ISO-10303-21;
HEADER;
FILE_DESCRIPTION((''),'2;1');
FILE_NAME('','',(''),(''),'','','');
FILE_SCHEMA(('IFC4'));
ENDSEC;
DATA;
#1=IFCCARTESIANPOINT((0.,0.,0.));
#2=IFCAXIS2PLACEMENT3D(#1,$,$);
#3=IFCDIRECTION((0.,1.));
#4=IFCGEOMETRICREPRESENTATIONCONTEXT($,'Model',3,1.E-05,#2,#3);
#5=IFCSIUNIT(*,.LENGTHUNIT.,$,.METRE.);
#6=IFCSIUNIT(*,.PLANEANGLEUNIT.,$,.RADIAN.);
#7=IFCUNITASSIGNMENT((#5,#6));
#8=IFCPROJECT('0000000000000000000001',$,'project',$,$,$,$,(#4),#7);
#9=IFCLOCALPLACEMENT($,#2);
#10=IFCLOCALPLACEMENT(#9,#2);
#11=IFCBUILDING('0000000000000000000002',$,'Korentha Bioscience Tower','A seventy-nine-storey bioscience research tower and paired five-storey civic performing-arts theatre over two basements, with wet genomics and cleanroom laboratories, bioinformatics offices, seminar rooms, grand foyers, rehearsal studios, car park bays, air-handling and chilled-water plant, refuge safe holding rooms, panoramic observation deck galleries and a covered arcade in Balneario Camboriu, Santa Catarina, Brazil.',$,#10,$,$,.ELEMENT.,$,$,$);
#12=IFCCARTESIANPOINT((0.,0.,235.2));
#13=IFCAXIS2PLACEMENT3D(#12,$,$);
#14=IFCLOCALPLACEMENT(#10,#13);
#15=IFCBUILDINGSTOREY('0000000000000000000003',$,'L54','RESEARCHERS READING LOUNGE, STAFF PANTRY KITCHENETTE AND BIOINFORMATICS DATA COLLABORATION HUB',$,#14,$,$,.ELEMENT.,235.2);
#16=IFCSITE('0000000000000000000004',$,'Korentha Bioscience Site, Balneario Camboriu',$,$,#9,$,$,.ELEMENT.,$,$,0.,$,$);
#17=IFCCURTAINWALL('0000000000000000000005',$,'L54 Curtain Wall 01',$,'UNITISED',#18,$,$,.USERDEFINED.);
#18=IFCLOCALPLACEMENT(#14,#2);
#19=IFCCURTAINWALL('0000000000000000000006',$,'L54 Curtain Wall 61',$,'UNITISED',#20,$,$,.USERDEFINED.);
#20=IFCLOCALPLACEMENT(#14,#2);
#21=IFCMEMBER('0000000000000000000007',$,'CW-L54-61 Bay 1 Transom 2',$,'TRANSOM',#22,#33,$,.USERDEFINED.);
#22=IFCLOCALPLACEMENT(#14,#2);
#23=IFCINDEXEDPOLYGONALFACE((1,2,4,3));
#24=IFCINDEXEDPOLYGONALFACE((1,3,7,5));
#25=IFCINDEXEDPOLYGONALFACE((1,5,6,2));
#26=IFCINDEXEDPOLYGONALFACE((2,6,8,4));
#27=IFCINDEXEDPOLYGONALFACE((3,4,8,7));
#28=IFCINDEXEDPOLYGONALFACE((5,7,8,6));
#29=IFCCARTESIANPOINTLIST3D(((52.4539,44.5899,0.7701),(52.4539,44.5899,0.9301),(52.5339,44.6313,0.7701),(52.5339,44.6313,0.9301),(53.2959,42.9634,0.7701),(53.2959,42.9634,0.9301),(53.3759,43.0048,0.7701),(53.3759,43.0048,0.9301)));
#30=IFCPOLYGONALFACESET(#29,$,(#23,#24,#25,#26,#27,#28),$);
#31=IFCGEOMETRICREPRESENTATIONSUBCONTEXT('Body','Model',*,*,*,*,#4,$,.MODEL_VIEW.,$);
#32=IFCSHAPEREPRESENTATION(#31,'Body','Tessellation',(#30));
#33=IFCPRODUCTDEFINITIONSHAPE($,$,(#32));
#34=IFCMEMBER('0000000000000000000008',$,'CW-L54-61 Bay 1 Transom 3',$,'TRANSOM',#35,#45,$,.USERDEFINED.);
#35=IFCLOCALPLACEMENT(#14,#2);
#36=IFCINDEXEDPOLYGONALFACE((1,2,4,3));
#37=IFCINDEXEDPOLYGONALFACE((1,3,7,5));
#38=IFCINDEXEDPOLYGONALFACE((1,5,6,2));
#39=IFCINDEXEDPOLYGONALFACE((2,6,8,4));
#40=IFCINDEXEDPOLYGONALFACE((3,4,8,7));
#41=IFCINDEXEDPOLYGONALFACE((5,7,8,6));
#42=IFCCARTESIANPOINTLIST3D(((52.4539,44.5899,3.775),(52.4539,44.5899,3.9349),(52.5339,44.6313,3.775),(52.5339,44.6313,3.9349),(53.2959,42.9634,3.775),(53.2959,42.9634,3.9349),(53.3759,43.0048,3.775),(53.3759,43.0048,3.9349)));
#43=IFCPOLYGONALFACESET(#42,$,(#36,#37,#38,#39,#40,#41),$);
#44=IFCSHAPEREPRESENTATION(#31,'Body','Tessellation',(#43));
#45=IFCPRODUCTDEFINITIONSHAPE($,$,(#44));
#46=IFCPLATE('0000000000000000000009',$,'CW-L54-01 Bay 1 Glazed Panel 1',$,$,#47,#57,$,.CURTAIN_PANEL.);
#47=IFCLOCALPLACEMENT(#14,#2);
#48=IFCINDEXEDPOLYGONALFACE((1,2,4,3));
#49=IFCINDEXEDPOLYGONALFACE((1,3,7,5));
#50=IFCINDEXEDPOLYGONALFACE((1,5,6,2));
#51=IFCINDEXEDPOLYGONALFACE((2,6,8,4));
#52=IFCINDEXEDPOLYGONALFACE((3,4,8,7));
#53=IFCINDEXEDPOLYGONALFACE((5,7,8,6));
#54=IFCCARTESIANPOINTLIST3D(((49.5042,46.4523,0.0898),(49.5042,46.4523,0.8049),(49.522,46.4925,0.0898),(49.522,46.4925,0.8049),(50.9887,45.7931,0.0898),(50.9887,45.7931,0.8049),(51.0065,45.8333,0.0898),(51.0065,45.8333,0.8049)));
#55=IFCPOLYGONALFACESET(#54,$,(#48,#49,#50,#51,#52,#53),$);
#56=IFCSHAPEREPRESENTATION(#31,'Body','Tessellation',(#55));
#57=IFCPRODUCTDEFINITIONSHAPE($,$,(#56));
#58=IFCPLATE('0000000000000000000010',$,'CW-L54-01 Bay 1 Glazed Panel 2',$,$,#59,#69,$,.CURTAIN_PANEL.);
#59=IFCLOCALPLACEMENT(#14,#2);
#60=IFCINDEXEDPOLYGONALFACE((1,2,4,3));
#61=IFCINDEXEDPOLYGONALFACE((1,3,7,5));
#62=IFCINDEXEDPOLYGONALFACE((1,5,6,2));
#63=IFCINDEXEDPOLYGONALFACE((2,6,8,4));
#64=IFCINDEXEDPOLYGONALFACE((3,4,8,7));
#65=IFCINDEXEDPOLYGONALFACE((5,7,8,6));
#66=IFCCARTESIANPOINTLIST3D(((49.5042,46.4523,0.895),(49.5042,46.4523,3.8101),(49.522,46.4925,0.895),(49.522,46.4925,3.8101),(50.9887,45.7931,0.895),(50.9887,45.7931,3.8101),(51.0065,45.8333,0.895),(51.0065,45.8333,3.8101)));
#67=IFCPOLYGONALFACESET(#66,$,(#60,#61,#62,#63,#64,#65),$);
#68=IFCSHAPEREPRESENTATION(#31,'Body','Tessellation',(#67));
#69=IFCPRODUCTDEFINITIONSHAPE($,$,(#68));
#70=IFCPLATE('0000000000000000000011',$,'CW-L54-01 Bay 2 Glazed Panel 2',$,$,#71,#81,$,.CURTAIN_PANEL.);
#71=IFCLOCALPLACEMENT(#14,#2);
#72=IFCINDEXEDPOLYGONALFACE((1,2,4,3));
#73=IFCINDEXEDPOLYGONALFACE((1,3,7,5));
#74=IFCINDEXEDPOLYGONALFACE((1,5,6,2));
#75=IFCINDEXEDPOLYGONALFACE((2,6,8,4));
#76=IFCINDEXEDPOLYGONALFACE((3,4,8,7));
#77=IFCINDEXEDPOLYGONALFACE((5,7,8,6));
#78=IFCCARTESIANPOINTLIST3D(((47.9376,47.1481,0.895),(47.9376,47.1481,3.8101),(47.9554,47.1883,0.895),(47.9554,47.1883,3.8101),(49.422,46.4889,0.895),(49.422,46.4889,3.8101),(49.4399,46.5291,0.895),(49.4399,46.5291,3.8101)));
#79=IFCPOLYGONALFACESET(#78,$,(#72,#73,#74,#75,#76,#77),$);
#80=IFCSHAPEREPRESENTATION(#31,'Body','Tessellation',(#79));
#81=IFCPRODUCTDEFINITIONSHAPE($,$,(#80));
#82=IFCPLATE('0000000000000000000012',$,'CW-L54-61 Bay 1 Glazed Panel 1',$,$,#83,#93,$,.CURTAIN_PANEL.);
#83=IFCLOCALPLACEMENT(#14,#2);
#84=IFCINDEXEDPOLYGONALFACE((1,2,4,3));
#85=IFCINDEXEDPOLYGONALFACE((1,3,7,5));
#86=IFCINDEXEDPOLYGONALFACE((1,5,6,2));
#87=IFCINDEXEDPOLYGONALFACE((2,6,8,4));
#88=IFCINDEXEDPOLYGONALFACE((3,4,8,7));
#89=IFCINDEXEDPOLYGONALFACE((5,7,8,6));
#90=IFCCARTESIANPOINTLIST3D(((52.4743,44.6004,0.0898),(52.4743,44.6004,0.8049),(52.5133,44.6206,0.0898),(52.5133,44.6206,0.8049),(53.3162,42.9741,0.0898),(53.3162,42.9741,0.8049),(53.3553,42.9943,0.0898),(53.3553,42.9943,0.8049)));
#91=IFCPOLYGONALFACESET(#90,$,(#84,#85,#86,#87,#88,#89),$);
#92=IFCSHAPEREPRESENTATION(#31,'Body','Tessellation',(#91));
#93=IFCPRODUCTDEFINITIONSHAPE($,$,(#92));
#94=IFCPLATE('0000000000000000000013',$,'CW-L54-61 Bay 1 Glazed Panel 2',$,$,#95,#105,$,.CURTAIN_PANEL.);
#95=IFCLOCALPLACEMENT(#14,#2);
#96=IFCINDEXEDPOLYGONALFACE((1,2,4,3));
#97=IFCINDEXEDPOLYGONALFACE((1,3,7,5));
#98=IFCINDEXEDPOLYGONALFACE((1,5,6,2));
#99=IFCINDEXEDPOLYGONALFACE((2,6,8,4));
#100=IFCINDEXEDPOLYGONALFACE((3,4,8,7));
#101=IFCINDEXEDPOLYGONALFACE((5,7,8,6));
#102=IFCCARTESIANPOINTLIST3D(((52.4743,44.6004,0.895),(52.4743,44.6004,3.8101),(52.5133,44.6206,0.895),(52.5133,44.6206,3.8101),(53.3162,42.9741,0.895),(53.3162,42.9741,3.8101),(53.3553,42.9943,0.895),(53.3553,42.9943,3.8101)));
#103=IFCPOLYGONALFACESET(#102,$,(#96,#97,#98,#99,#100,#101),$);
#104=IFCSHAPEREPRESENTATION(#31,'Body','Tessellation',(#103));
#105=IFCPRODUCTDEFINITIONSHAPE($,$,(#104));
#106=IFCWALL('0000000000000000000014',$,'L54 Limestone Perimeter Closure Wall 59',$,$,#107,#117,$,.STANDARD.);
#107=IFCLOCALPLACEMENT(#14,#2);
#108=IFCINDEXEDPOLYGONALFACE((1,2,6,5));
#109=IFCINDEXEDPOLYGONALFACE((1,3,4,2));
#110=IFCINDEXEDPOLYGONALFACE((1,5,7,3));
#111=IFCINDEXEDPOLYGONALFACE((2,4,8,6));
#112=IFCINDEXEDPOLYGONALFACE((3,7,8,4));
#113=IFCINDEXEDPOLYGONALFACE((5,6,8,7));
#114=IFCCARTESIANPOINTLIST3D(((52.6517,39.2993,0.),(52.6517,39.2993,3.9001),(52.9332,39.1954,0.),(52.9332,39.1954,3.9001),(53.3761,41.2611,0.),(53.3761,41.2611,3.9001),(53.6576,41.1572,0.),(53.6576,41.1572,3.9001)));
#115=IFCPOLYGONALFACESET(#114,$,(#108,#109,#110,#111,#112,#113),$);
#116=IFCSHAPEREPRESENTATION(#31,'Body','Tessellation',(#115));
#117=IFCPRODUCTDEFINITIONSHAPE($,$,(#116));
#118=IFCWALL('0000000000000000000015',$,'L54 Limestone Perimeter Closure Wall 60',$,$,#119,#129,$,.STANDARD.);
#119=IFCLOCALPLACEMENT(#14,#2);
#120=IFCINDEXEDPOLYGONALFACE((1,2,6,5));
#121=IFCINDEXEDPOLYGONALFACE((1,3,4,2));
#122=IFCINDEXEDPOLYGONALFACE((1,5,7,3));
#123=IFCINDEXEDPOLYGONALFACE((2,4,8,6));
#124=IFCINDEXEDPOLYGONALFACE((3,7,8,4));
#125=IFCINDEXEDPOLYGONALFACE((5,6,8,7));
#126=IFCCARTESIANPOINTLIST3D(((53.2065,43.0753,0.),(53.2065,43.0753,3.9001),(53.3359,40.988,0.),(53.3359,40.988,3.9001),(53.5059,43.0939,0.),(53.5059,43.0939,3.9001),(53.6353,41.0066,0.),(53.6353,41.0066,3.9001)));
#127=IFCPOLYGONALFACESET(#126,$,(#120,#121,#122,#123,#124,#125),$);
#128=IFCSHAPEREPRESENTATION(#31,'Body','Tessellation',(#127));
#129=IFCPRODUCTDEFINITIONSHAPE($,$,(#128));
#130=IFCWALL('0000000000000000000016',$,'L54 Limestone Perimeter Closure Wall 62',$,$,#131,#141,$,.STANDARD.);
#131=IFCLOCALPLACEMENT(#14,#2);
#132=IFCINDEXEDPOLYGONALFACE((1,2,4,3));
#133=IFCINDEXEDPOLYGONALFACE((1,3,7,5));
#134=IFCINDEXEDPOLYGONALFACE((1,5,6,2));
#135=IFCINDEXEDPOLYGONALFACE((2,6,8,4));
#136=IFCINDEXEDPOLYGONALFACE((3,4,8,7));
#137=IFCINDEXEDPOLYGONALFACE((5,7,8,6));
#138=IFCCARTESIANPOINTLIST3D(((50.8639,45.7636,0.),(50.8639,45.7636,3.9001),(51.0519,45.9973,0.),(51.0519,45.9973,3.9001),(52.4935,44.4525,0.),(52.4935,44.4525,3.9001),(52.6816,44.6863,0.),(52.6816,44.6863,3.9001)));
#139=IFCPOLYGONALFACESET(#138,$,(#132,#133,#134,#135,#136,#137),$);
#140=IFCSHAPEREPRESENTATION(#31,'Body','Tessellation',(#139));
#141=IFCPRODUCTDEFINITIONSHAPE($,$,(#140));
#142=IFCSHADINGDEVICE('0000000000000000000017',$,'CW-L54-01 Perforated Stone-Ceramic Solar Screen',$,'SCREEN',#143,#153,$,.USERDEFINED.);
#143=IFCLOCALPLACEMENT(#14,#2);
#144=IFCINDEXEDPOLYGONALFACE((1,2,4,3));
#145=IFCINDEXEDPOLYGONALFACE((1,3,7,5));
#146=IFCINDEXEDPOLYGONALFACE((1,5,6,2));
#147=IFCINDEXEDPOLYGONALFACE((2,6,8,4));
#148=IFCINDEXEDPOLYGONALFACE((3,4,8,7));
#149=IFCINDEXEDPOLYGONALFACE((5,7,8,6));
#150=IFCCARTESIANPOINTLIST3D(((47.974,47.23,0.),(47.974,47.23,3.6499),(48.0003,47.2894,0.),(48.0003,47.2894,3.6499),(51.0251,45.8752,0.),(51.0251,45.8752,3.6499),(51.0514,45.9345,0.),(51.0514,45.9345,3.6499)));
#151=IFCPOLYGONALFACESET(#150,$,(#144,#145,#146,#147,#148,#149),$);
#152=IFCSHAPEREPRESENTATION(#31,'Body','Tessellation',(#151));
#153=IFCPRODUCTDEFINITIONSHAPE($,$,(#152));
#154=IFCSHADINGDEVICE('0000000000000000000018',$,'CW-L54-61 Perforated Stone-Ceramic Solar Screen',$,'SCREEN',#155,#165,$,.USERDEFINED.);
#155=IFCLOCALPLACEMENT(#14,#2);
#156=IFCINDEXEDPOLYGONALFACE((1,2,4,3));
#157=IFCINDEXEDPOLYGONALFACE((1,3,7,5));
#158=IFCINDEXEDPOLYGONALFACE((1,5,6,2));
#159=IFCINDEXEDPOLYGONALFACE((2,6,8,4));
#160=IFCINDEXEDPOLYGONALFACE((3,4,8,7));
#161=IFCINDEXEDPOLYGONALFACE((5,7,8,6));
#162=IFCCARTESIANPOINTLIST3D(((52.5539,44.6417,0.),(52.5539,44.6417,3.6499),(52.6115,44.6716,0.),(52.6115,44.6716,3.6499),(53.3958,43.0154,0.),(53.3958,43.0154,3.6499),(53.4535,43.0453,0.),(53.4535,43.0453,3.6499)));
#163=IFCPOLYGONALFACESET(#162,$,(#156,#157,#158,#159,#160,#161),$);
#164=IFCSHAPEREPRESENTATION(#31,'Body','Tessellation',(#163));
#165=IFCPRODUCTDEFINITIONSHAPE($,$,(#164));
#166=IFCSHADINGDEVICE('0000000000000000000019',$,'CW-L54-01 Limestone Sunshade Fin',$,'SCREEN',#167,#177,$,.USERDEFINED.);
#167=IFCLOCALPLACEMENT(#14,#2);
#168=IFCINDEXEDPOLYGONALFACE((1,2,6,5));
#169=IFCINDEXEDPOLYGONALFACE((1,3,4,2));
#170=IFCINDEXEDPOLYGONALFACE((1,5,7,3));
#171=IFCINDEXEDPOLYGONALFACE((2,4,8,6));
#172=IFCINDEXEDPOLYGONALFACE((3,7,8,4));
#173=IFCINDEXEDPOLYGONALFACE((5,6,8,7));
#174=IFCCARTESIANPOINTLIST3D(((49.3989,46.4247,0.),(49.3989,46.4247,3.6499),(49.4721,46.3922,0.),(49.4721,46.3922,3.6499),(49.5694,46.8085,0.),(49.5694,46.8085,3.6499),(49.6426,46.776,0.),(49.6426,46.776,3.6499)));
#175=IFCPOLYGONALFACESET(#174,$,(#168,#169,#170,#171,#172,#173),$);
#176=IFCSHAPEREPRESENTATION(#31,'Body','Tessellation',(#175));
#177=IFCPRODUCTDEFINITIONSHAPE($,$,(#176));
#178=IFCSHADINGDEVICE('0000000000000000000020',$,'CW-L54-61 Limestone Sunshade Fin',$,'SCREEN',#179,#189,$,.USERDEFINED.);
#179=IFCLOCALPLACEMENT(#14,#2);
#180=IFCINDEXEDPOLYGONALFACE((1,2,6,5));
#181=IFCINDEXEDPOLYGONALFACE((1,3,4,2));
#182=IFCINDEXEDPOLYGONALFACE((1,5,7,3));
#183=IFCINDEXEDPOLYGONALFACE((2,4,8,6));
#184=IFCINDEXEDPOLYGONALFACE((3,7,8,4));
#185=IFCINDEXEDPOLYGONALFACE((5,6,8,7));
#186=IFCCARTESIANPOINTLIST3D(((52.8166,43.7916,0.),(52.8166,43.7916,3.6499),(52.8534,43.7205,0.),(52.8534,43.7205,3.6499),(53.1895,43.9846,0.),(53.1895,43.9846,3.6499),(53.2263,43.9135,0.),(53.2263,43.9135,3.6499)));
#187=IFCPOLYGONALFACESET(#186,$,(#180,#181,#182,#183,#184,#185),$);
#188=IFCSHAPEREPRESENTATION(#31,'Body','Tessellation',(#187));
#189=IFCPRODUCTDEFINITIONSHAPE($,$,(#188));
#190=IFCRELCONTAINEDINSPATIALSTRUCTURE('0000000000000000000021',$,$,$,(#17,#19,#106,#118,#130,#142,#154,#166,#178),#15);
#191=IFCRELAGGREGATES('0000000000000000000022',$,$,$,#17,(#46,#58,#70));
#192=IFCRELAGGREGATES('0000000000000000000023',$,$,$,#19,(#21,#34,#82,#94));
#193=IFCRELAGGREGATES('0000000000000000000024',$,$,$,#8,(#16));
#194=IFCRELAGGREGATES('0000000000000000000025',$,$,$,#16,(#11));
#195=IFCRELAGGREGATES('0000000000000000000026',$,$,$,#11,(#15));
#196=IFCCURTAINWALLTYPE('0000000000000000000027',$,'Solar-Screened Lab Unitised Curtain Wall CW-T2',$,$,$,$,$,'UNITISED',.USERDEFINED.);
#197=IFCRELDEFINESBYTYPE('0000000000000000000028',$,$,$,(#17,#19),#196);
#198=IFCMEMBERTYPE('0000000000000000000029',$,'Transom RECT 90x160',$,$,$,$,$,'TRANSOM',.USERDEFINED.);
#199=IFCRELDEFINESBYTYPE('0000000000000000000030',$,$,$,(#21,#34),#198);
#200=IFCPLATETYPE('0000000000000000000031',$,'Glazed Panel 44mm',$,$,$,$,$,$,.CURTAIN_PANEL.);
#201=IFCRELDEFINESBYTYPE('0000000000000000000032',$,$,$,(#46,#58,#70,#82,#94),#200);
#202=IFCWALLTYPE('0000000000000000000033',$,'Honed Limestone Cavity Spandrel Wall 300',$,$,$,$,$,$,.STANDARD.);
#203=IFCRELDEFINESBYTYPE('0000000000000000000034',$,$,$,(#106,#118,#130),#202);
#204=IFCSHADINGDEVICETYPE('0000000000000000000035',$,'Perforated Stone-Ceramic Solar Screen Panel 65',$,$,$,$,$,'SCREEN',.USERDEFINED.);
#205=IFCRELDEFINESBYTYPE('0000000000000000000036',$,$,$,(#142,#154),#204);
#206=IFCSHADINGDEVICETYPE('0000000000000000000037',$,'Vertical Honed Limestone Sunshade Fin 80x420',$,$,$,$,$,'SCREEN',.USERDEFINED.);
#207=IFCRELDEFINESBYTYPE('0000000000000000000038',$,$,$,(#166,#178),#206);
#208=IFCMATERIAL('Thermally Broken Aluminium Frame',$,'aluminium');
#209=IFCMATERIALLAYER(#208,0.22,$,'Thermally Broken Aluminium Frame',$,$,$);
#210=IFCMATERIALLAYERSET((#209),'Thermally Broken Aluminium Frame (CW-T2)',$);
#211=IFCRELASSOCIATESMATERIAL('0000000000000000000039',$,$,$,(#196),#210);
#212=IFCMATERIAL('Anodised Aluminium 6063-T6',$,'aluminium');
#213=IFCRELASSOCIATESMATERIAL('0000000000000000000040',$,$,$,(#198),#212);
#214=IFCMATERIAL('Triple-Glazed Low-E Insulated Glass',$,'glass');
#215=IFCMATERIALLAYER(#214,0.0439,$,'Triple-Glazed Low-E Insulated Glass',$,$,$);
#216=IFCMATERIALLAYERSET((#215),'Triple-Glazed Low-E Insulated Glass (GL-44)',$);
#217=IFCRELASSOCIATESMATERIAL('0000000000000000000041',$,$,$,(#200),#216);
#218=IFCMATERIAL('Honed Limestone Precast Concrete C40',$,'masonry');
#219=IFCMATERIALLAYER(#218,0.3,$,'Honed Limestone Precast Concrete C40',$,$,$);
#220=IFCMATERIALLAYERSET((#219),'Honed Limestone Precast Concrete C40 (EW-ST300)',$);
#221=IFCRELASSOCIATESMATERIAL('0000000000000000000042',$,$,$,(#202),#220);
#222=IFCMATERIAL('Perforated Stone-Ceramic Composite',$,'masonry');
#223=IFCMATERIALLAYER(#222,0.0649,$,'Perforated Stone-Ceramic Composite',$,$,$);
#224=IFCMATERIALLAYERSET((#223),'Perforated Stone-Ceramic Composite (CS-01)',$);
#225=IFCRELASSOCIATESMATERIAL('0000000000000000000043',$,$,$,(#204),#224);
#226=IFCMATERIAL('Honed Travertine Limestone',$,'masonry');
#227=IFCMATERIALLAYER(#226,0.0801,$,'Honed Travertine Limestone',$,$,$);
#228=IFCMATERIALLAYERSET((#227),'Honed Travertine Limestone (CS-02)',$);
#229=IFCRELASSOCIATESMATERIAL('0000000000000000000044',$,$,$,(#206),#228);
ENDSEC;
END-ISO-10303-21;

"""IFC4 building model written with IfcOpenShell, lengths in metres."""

from ifc_helpers import new_model, si_unit, direction, frame, frame_2d, origin, origin_2d, place, context, subcontext, project, spatial, rectangle, extrude, material, layer, layer_set, material_profile, profile_set, type_object, element, aggregate, save


model = new_model("IFC4")

# Units and contexts
model_context = context("Model", 3, precision=1e-05, world=origin(), true_north=direction((0.0, 1.0)))
body_context = subcontext(model_context, "Body", "Model", "MODEL_VIEW")
ifc_project = project(units=[si_unit("LENGTHUNIT", "METRE"), si_unit("PLANEANGLEUNIT", "RADIAN")], contexts=[model_context])

# Site, building, storey
site_placement = place(None, origin())
site = spatial("IfcSite", under=ifc_project, at=site_placement, Name="Korentha Bioscience Site, Balneario Camboriu", CompositionType="ELEMENT", RefElevation=0.0)
building_placement = place(site_placement, origin())
building = spatial("IfcBuilding", under=site, at=building_placement, Name="Korentha Bioscience Tower", Description="A seventy-nine-storey bioscience research tower and paired five-storey civic performing-arts theatre over two basements, with wet genomics and cleanroom laboratories, bioinformatics offices, seminar rooms, grand foyers, rehearsal studios, car park bays, air-handling and chilled-water plant, refuge safe holding rooms, panoramic observation deck galleries and a covered arcade in Balneario Camboriu, Santa Catarina, Brazil.", CompositionType="ELEMENT")
storey_placement = place(building_placement, frame((0.0, 0.0, 235.2)))
storey = spatial("IfcBuildingStorey", under=building, at=storey_placement, Name="L54", Description="RESEARCHERS READING LOUNGE, STAFF PANTRY KITCHENETTE AND BIOINFORMATICS DATA COLLABORATION HUB", CompositionType="ELEMENT", Elevation=235.2)

# Curtain walls
ifc_material_1 = material(Name="Thermally Broken Aluminium Frame", Category="aluminium")
ifc_layer_1 = layer(ifc_material_1, 0.22, Name="Thermally Broken Aluminium Frame")
ifc_layer_set_1 = layer_set([ifc_layer_1], Name="Thermally Broken Aluminium Frame (CW-T2)")
curtain_wall_type = type_object("IfcCurtainWallType", Name="Solar-Screened Lab Unitised Curtain Wall CW-T2", ElementType="UNITISED", PredefinedType="USERDEFINED", material=ifc_layer_set_1)
curtain_wall_1_placement = place(storey_placement, origin())
curtain_wall_1 = element("IfcCurtainWall", 1, at=curtain_wall_1_placement, inside=storey, type_object=curtain_wall_type, Name="L54 Curtain Wall 01", ObjectType="UNITISED", PredefinedType="USERDEFINED")
ifc_material_2 = material(Name="Anodised Aluminium 6063-T6", Category="aluminium")
curtain_wall_2_placement = place(storey_placement, origin())
curtain_wall_2 = element("IfcCurtainWall", 2, at=curtain_wall_2_placement, inside=storey, type_object=curtain_wall_type, Name="L54 Curtain Wall 61", ObjectType="UNITISED", PredefinedType="USERDEFINED")

# Members
ifc_material_profile_1 = material_profile(ifc_material_2, rectangle(XDim=0.0901, YDim=0.1599, at=origin_2d()), Name="Anodised Aluminium 6063-T6")
ifc_profile_set_1 = profile_set([ifc_material_profile_1], Name="Anodised Aluminium 6063-T6 (CW-TRN)")
member_type_1 = type_object("IfcMemberType", Name="Transom RECT 90x160", ElementType="TRANSOM", PredefinedType="USERDEFINED", material=ifc_profile_set_1)
member_1_placement = place(storey_placement, frame((53.3359, 42.9841, 0.8501), z_axis=(-0.459753, 0.888047, 0.0), x_axis=(-0.888047, -0.459753, 0.0)))
member_1 = element("IfcMember", 3, at=member_1_placement, type_object=member_type_1, Name="CW-L54-61 Bay 1 Transom 2", ObjectType="TRANSOM", PredefinedType="USERDEFINED", context=body_context, shape_type="SweptSolid", body=[
    extrude(rectangle(XDim=0.0901, YDim=0.1599, at=origin_2d()), origin(), (0.0, 0.0, 1.0), 1.8315),
])
member_2_placement = place(storey_placement, frame((53.3359, 42.9841, 3.855), z_axis=(-0.459753, 0.888047, 0.0), x_axis=(-0.888047, -0.459753, 0.0)))
member_2 = element("IfcMember", 4, at=member_2_placement, type_object=member_type_1, Name="CW-L54-61 Bay 1 Transom 3", ObjectType="TRANSOM", PredefinedType="USERDEFINED", context=body_context, shape_type="SweptSolid", body=[
    extrude(rectangle(XDim=0.0901, YDim=0.1599, at=origin_2d()), origin(), (0.0, 0.0, 1.0), 1.8315),
])

# Plates
ifc_material_3 = material(Name="Triple-Glazed Low-E Insulated Glass", Category="glass")
ifc_layer_2 = layer(ifc_material_3, 0.0439, Name="Triple-Glazed Low-E Insulated Glass")
ifc_layer_set_2 = layer_set([ifc_layer_2], Name="Triple-Glazed Low-E Insulated Glass (GL-44)")
plate_type = type_object("IfcPlateType", Name="Glazed Panel 44mm", PredefinedType="CURTAIN_PANEL", material=ifc_layer_set_2)
plate_1_placement = place(storey_placement, frame((50.2554, 46.1428, 0.0898), z_axis=(0.0, 0.0, 1.0), x_axis=(-0.913944, 0.40584, 0.0)))
plate_1 = element("IfcPlate", 5, at=plate_1_placement, type_object=plate_type, Name="CW-L54-01 Bay 1 Glazed Panel 1", PredefinedType="CURTAIN_PANEL", context=body_context, shape_type="SweptSolid", body=[
    extrude(rectangle(XDim=1.6243, YDim=0.0439, at=origin_2d()), origin(), (0.0, 0.0, 1.0), 0.7151),
])
plate_2_placement = place(storey_placement, frame((50.2554, 46.1428, 0.895), z_axis=(0.0, 0.0, 1.0), x_axis=(-0.913944, 0.40584, 0.0)))
plate_2 = element("IfcPlate", 6, at=plate_2_placement, type_object=plate_type, Name="CW-L54-01 Bay 1 Glazed Panel 2", PredefinedType="CURTAIN_PANEL", context=body_context, shape_type="SweptSolid", body=[
    extrude(rectangle(XDim=1.6243, YDim=0.0439, at=origin_2d()), origin(), (0.0, 0.0, 1.0), 2.915),
])
plate_3_placement = place(storey_placement, frame((48.6887, 46.8386, 0.895), z_axis=(0.0, 0.0, 1.0), x_axis=(-0.913944, 0.40584, 0.0)))
plate_3 = element("IfcPlate", 7, at=plate_3_placement, type_object=plate_type, Name="CW-L54-01 Bay 2 Glazed Panel 2", PredefinedType="CURTAIN_PANEL", context=body_context, shape_type="SweptSolid", body=[
    extrude(rectangle(XDim=1.6243, YDim=0.0439, at=origin_2d()), origin(), (0.0, 0.0, 1.0), 2.915),
])
aggregate(curtain_wall_1, [plate_1, plate_2, plate_3])
plate_4_placement = place(storey_placement, frame((52.9148, 43.7974, 0.0898), z_axis=(0.0, 0.0, 1.0), x_axis=(-0.459738, 0.888055, 0.0)))
plate_4 = element("IfcPlate", 8, at=plate_4_placement, type_object=plate_type, Name="CW-L54-61 Bay 1 Glazed Panel 1", PredefinedType="CURTAIN_PANEL", context=body_context, shape_type="SweptSolid", body=[
    extrude(rectangle(XDim=1.8313, YDim=0.0439, at=origin_2d()), origin(), (0.0, 0.0, 1.0), 0.7151),
])
plate_5_placement = place(storey_placement, frame((52.9148, 43.7974, 0.895), z_axis=(0.0, 0.0, 1.0), x_axis=(-0.459738, 0.888055, 0.0)))
plate_5 = element("IfcPlate", 9, at=plate_5_placement, type_object=plate_type, Name="CW-L54-61 Bay 1 Glazed Panel 2", PredefinedType="CURTAIN_PANEL", context=body_context, shape_type="SweptSolid", body=[
    extrude(rectangle(XDim=1.8313, YDim=0.0439, at=origin_2d()), origin(), (0.0, 0.0, 1.0), 2.915),
])
aggregate(curtain_wall_2, [member_1, member_2, plate_4, plate_5])

# Walls
ifc_material_4 = material(Name="Honed Limestone Precast Concrete C40", Category="masonry")
ifc_layer_3 = layer(ifc_material_4, 0.3, Name="Honed Limestone Precast Concrete C40")
ifc_layer_set_3 = layer_set([ifc_layer_3], Name="Honed Limestone Precast Concrete C40 (EW-ST300)")
wall_type = type_object("IfcWallType", Name="Honed Limestone Cavity Spandrel Wall 300", PredefinedType="STANDARD", material=ifc_layer_set_3)
for number, where, z_axis, x_axis, name in (
    (10, (52.7925, 39.2473, 0.0), (0.0, 0.0, 1.0), (0.34636, 0.938102, 0.0), "L54 Limestone Perimeter Closure Wall 59"),
    (11, (53.4856, 40.9973, 0.0), (0.0, 0.0, 1.0), (-0.06187, 0.998084, 0.0), "L54 Limestone Perimeter Closure Wall 60"),
):
    element("IfcWall", number, at=place(storey_placement, frame(where, z_axis=z_axis, x_axis=x_axis)), inside=storey, type_object=wall_type, Name=name, PredefinedType="STANDARD", context=body_context, shape_type="SweptSolid", body=[
        extrude(rectangle(XDim=2.0913, YDim=0.3, at=frame_2d((1.0457, 0.0))), origin(), (0.0, 0.0, 1.0), 3.9001),
    ])
wall_placement = place(storey_placement, frame((52.5876, 44.5693, 0.0), z_axis=(0.0, 0.0, 1.0), x_axis=(-0.779158, 0.626828, 0.0)))
element("IfcWall", 12, at=wall_placement, inside=storey, type_object=wall_type, Name="L54 Limestone Perimeter Closure Wall 62", PredefinedType="STANDARD", context=body_context, shape_type="SweptSolid", body=[
    extrude(rectangle(XDim=2.0916, YDim=0.3, at=frame_2d((1.0459, 0.0))), origin(), (0.0, 0.0, 1.0), 3.9001),
])

# Shading devices
ifc_material_5 = material(Name="Perforated Stone-Ceramic Composite", Category="masonry")
ifc_layer_4 = layer(ifc_material_5, 0.0649, Name="Perforated Stone-Ceramic Composite")
ifc_layer_set_4 = layer_set([ifc_layer_4], Name="Perforated Stone-Ceramic Composite (CS-01)")
shading_device_type_1 = type_object("IfcShadingDeviceType", Name="Perforated Stone-Ceramic Solar Screen Panel 65", ElementType="SCREEN", PredefinedType="USERDEFINED", material=ifc_layer_set_4)
shading_device_1_placement = place(storey_placement, frame((49.5127, 46.5823, 0.0), z_axis=(0.0, 0.0, 1.0), x_axis=(-0.913944, 0.40584, 0.0)))
element("IfcShadingDevice", 13, at=shading_device_1_placement, inside=storey, type_object=shading_device_type_1, Name="CW-L54-01 Perforated Stone-Ceramic Solar Screen", ObjectType="SCREEN", PredefinedType="USERDEFINED", context=body_context, shape_type="SweptSolid", body=[
    extrude(rectangle(XDim=3.3384, YDim=0.0649, at=origin_2d()), origin(), (0.0, 0.0, 1.0), 3.6499),
])
shading_device_2_placement = place(storey_placement, frame((53.0037, 43.8435, 0.0), z_axis=(0.0, 0.0, 1.0), x_axis=(-0.459738, 0.888055, 0.0)))
element("IfcShadingDevice", 14, at=shading_device_2_placement, inside=storey, type_object=shading_device_type_1, Name="CW-L54-61 Perforated Stone-Ceramic Solar Screen", ObjectType="SCREEN", PredefinedType="USERDEFINED", context=body_context, shape_type="SweptSolid", body=[
    extrude(rectangle(XDim=1.8313, YDim=0.0649, at=origin_2d()), origin(), (0.0, 0.0, 1.0), 3.6499),
])
ifc_material_6 = material(Name="Honed Travertine Limestone", Category="masonry")
ifc_layer_5 = layer(ifc_material_6, 0.0801, Name="Honed Travertine Limestone")
ifc_layer_set_5 = layer_set([ifc_layer_5], Name="Honed Travertine Limestone (CS-02)")
shading_device_type_2 = type_object("IfcShadingDeviceType", Name="Vertical Honed Limestone Sunshade Fin 80x420", ElementType="SCREEN", PredefinedType="USERDEFINED", material=ifc_layer_set_5)
for number, where, z_axis, x_axis, name in (
    (15, (49.5208, 46.6003, 0.0), (0.0, 0.0, 1.0), (-0.913944, 0.40584, 0.0), "CW-L54-01 Limestone Sunshade Fin"),
    (16, (53.0215, 43.8525, 0.0), (0.0, 0.0, 1.0), (-0.459738, 0.888055, 0.0), "CW-L54-61 Limestone Sunshade Fin"),
):
    element("IfcShadingDevice", number, at=place(storey_placement, frame(where, z_axis=z_axis, x_axis=x_axis)), inside=storey, type_object=shading_device_type_2, Name=name, ObjectType="SCREEN", PredefinedType="USERDEFINED", context=body_context, shape_type="SweptSolid", body=[
        extrude(rectangle(XDim=0.0801, YDim=0.4199, at=origin_2d()), origin(), (0.0, 0.0, 1.0), 3.6499),
    ])

save(model, "model.ifc")
